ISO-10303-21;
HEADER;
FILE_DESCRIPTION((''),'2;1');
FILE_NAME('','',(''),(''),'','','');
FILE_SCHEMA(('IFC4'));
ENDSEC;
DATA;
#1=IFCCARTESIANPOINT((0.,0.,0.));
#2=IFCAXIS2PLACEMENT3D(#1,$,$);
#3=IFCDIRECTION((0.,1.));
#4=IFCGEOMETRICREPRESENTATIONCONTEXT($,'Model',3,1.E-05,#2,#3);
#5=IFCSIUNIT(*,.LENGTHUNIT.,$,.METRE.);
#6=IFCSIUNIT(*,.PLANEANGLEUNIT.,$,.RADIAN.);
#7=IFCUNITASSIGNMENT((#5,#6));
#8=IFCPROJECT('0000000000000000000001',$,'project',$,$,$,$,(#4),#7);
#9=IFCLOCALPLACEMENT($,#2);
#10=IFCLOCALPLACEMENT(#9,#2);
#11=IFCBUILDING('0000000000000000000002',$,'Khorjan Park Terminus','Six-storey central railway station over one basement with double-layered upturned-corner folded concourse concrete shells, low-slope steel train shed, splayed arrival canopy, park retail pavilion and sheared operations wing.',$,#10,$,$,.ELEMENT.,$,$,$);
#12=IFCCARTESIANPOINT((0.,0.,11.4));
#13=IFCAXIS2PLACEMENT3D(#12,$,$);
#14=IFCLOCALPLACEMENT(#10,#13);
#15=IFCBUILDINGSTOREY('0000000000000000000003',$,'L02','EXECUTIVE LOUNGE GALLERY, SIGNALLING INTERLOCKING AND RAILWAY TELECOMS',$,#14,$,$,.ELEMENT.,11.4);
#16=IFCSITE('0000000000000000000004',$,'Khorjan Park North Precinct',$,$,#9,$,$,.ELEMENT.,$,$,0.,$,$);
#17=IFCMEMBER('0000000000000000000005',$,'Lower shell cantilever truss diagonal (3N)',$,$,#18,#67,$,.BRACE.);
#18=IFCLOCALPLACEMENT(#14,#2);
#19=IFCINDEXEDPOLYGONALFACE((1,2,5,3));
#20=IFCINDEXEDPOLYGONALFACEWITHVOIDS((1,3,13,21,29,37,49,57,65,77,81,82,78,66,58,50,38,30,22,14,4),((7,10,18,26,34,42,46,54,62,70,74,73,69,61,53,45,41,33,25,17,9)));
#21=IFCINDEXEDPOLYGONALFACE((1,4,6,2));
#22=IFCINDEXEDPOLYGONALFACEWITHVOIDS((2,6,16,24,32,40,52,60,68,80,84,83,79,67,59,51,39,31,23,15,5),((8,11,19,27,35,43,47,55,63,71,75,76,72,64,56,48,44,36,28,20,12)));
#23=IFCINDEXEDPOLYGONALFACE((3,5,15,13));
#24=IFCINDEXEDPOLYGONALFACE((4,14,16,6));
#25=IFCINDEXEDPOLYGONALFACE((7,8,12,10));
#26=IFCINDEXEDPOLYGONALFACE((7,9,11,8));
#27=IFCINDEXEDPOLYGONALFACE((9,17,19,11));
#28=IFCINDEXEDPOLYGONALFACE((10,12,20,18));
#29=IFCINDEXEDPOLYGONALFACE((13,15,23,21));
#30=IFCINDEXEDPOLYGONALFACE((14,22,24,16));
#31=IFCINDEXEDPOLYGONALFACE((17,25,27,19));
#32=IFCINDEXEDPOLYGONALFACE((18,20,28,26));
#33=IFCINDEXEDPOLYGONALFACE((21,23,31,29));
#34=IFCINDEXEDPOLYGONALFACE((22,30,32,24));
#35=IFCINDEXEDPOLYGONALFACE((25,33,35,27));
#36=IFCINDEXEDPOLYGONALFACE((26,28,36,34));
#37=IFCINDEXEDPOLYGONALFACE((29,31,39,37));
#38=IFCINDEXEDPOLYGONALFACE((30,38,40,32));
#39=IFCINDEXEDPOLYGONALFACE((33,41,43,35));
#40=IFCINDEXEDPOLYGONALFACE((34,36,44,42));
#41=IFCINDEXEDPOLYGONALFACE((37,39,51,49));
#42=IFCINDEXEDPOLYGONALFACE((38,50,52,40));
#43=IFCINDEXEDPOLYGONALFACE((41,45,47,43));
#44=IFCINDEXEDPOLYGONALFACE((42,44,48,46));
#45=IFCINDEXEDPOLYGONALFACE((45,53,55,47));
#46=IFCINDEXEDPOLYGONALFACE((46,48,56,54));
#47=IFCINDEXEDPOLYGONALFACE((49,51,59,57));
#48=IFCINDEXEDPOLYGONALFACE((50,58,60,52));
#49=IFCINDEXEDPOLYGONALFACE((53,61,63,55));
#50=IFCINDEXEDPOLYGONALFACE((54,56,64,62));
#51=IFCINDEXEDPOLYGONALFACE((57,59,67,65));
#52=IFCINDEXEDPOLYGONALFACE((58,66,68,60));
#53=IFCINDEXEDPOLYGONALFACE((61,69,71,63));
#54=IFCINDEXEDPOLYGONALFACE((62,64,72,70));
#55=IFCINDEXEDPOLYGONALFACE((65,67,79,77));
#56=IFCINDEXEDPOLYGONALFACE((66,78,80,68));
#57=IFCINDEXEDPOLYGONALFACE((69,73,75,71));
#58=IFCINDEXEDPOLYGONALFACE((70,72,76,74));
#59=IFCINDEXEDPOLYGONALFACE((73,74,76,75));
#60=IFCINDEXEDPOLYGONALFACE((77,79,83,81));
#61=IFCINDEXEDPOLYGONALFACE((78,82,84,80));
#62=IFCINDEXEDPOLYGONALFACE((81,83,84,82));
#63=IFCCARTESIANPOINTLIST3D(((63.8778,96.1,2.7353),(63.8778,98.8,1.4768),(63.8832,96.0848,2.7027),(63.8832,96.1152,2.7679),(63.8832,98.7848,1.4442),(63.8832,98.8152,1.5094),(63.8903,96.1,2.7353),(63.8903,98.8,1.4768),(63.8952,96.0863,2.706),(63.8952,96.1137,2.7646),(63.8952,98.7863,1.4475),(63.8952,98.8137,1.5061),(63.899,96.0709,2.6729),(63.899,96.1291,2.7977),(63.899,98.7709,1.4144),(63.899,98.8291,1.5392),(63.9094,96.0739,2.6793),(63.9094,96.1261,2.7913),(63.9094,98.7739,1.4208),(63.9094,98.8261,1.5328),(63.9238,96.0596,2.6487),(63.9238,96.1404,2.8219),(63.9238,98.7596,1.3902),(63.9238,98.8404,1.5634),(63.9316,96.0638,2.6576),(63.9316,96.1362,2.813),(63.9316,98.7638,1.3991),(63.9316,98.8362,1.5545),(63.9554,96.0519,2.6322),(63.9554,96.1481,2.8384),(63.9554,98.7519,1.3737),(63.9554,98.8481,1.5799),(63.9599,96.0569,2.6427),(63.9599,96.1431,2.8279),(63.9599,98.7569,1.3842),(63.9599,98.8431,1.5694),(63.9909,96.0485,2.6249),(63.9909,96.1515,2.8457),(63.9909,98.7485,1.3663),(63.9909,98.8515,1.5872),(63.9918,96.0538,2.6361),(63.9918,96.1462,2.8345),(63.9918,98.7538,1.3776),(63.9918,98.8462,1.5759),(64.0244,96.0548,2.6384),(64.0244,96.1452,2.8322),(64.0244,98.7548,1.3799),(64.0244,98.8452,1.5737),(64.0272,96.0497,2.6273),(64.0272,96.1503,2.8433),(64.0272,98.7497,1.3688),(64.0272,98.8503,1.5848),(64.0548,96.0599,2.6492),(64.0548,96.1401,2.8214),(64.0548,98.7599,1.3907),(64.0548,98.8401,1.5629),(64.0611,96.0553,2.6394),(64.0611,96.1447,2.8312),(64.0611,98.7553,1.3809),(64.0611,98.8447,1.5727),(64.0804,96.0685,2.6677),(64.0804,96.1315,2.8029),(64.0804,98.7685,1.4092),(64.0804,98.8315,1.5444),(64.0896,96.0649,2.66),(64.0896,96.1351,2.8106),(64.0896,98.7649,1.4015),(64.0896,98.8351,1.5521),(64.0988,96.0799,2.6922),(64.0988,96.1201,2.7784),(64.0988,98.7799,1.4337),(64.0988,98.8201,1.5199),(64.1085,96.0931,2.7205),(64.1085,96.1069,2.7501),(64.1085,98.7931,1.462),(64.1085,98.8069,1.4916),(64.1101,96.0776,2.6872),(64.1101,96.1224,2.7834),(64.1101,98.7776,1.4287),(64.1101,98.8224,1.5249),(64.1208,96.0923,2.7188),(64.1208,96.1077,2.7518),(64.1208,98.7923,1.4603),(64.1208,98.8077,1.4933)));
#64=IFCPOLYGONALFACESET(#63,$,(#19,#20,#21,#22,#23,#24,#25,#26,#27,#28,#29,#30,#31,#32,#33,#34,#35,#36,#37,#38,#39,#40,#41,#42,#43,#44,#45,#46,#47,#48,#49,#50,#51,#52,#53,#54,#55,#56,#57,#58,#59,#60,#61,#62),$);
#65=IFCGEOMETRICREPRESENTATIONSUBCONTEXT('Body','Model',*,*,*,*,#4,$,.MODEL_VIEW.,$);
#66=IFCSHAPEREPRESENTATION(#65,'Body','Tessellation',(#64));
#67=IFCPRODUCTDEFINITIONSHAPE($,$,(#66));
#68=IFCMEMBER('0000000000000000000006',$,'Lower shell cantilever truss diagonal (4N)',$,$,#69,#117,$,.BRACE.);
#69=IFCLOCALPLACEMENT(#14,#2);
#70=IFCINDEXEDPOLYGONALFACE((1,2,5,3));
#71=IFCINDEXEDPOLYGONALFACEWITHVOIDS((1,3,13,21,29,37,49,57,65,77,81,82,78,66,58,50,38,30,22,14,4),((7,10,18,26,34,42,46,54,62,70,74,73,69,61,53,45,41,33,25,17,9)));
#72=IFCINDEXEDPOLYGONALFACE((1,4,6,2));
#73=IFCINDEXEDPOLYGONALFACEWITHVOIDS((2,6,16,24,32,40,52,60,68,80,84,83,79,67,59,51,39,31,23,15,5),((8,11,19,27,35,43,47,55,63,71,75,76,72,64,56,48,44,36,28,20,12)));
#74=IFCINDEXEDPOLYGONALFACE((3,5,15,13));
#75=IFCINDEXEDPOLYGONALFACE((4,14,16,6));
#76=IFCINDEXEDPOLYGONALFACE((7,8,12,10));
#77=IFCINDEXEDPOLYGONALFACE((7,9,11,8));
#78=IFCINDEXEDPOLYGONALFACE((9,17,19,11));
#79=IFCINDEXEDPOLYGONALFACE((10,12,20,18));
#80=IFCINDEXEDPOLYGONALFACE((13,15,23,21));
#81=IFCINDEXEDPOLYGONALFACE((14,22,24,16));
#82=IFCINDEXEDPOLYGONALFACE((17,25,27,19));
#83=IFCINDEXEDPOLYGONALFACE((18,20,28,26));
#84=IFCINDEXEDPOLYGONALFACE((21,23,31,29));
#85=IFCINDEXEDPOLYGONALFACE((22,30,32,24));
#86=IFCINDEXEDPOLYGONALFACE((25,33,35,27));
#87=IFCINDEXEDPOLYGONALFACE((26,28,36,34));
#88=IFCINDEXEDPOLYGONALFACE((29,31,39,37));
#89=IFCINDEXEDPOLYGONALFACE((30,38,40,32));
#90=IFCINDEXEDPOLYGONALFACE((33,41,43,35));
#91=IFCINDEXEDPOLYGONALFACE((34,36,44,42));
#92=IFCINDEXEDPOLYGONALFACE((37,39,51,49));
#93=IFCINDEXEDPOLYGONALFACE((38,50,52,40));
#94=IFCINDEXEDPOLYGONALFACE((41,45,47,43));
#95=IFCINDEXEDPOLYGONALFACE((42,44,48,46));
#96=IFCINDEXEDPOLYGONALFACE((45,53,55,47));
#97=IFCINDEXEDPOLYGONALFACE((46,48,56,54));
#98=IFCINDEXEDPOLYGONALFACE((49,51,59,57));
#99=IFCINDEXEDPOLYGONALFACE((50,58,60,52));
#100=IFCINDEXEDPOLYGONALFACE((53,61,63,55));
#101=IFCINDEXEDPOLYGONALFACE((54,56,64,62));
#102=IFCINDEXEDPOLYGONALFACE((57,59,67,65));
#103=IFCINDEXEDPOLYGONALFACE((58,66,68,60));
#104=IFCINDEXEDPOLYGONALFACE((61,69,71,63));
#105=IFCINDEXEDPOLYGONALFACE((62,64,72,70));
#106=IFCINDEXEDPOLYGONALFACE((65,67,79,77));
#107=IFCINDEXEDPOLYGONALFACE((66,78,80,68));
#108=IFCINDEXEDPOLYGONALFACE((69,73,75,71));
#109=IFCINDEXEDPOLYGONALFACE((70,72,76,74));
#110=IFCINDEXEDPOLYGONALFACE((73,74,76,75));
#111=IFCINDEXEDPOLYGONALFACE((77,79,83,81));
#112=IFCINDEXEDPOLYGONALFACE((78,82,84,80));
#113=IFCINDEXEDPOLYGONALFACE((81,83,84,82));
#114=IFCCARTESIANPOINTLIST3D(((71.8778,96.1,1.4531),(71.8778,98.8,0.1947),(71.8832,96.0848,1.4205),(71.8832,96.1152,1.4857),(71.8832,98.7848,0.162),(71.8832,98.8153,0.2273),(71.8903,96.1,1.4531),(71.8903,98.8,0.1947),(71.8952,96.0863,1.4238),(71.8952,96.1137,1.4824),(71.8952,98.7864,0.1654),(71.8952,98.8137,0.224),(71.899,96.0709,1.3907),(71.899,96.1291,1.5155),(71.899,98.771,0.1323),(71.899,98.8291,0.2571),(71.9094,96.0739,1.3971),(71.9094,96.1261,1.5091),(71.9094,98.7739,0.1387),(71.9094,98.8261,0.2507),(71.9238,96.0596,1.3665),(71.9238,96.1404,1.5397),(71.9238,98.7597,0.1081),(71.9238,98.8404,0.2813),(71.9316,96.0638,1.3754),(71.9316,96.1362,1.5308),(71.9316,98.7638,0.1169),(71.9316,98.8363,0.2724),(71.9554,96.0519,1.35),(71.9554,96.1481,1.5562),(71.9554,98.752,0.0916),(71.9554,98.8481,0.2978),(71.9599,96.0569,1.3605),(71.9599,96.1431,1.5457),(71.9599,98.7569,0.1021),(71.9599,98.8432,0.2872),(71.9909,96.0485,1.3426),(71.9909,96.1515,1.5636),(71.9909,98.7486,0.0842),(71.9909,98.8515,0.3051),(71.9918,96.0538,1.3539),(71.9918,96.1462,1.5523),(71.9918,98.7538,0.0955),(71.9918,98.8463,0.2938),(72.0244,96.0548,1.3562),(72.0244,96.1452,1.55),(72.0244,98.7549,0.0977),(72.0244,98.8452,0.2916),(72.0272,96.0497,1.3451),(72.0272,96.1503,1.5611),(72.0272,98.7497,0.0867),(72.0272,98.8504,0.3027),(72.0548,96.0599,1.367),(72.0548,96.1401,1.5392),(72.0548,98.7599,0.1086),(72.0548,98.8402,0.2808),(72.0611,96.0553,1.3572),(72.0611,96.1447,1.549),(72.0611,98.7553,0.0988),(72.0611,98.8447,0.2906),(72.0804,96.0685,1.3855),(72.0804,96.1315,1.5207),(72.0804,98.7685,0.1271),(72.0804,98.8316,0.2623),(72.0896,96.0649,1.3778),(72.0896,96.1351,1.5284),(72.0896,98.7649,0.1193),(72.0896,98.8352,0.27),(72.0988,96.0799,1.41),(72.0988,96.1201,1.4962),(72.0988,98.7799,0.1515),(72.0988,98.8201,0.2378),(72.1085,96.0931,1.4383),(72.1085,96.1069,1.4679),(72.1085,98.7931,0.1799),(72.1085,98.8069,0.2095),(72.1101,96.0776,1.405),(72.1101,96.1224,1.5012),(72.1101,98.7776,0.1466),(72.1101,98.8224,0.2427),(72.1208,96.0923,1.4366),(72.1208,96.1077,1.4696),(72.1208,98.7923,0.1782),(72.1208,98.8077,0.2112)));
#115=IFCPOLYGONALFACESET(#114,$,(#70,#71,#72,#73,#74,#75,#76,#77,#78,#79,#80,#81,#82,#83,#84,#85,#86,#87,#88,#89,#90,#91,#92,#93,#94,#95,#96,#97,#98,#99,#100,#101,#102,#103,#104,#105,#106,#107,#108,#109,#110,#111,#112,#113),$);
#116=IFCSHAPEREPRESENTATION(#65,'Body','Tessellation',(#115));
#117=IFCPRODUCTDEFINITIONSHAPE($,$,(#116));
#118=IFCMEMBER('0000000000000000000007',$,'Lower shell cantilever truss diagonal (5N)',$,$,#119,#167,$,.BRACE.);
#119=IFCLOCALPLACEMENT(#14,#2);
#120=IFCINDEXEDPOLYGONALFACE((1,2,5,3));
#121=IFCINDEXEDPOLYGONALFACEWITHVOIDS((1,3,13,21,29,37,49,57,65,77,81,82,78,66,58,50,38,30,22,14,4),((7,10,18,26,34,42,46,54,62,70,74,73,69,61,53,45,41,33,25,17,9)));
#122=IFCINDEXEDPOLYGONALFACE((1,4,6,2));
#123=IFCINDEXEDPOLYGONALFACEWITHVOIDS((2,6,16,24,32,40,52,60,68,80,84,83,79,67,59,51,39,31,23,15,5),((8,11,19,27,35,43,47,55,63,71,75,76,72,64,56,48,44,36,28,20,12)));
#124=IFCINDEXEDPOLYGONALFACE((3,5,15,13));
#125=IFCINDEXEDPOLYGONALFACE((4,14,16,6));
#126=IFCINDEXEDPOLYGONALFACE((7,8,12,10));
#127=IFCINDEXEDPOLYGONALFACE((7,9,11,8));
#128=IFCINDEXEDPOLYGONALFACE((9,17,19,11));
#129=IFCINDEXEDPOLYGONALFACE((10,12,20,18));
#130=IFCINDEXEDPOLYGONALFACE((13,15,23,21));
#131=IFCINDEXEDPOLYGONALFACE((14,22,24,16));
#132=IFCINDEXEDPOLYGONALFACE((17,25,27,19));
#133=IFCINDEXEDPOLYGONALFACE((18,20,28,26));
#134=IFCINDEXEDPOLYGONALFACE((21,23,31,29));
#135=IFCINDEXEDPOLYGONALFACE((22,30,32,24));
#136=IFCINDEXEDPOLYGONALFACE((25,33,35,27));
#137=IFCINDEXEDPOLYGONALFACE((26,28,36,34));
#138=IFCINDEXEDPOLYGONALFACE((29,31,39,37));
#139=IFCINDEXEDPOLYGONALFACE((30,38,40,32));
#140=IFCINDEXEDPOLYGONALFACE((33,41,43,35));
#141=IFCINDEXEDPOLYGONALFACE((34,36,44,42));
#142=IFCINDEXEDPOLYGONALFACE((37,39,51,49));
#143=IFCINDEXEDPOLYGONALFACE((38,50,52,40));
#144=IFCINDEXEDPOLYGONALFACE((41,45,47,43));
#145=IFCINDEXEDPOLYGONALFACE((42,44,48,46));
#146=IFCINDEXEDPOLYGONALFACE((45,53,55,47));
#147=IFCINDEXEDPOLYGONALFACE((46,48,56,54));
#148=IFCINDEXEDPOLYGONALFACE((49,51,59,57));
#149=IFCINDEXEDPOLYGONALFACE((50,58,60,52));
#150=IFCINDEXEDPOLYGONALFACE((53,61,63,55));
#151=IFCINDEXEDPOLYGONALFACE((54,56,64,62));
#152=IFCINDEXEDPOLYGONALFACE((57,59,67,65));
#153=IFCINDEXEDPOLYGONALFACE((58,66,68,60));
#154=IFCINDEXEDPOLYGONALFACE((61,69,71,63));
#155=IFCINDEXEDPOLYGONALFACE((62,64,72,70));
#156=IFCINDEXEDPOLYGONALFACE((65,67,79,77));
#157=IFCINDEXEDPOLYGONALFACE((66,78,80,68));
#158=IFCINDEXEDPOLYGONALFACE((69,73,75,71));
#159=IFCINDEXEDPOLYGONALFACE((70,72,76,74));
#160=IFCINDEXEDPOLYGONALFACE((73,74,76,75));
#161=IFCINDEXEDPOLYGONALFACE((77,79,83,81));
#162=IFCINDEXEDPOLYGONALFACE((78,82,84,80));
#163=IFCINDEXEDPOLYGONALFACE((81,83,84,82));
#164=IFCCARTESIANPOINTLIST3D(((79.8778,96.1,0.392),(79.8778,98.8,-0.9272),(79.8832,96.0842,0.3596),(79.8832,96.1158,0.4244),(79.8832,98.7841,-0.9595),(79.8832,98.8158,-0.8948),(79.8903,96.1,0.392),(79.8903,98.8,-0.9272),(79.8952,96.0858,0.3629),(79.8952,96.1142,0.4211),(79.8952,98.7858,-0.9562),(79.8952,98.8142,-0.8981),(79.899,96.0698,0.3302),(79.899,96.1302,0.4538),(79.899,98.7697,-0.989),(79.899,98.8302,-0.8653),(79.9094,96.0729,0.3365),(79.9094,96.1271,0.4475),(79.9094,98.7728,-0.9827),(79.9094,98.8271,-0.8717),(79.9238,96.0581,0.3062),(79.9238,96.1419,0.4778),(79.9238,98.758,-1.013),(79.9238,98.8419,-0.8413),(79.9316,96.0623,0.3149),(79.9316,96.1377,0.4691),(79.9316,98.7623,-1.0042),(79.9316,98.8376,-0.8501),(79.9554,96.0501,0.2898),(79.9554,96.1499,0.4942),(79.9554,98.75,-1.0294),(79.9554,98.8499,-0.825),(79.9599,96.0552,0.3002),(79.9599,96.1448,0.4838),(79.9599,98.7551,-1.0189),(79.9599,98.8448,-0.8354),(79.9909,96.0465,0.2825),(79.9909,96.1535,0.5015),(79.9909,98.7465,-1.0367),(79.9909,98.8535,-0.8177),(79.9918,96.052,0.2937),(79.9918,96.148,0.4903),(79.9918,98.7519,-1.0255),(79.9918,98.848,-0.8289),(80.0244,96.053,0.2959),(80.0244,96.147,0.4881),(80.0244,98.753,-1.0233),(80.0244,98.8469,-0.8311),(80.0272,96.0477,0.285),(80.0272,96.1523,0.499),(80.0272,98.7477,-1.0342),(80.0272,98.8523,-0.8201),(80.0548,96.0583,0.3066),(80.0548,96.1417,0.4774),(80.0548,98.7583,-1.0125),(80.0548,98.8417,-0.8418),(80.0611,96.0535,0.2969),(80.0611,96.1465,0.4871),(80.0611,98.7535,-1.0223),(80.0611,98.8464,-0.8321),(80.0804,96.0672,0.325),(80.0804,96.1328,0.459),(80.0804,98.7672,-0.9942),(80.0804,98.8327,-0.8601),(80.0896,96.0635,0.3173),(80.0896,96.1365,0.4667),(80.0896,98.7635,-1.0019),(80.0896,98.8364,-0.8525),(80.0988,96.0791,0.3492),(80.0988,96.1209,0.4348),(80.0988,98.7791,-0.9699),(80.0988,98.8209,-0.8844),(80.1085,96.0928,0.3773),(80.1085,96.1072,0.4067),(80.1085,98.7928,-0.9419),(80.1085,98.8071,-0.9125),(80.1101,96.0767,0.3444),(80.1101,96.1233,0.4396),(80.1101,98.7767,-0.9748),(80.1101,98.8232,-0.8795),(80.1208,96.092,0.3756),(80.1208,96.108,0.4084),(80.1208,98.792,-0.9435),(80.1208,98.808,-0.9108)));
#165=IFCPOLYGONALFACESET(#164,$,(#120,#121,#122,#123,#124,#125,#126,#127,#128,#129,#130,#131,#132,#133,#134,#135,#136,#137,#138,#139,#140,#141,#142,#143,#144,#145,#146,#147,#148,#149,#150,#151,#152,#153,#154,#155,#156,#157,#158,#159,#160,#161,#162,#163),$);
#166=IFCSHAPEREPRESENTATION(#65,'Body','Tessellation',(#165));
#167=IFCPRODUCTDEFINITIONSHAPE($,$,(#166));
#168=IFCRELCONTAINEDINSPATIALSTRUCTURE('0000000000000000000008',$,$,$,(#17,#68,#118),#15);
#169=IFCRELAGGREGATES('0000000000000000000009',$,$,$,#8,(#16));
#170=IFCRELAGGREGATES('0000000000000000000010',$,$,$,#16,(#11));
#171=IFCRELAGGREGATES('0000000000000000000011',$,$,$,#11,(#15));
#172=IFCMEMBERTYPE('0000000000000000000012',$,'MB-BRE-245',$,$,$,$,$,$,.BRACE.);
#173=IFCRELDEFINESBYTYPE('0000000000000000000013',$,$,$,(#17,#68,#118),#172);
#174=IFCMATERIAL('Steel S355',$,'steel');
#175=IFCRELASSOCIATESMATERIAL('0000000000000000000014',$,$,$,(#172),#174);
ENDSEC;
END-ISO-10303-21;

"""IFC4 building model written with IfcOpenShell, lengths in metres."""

from ifc_helpers import new_model, si_unit, direction, frame, origin, origin_2d, place, context, subcontext, project, spatial, hollow_circle, extrude, material, material_profile, profile_set, type_object, element, save


model = new_model("IFC4")

# Units and contexts
model_context = context("Model", 3, precision=1e-05, world=origin(), true_north=direction((0.0, 1.0)))
body_context = subcontext(model_context, "Body", "Model", "MODEL_VIEW")
ifc_project = project(units=[si_unit("LENGTHUNIT", "METRE"), si_unit("PLANEANGLEUNIT", "RADIAN")], contexts=[model_context])

# Site, building, storey
site_placement = place(None, origin())
site = spatial("IfcSite", under=ifc_project, at=site_placement, Name="Khorjan Park North Precinct", CompositionType="ELEMENT", RefElevation=0.0)
building_placement = place(site_placement, origin())
building = spatial("IfcBuilding", under=site, at=building_placement, Name="Khorjan Park Terminus", Description="Six-storey central railway station over one basement with double-layered upturned-corner folded concourse concrete shells, low-slope steel train shed, splayed arrival canopy, park retail pavilion and sheared operations wing.", CompositionType="ELEMENT")
storey_placement = place(building_placement, frame((0.0, 0.0, 11.4)))
storey = spatial("IfcBuildingStorey", under=building, at=storey_placement, Name="L02", Description="EXECUTIVE LOUNGE GALLERY, SIGNALLING INTERLOCKING AND RAILWAY TELECOMS", CompositionType="ELEMENT", Elevation=11.4)

# Members
ifc_material_1 = material(Name="Steel S355", Category="steel")
ifc_material_profile_1 = material_profile(ifc_material_1, hollow_circle(Radius=0.1222, WallThickness=0.0125, at=origin_2d()), Name="CHS 244.5x12.5")
ifc_profile_set_1 = profile_set([ifc_material_profile_1], Name="Steel S355")
member_type_1 = type_object("IfcMemberType", Name="MB-BRE-245", PredefinedType="BRACE", material=ifc_profile_set_1)
for number, where, z_axis, x_axis, name in (
    (1, (64.0, 96.1, 2.7353), (0.0, 0.906376, -0.422472), (-1.0, 0.0, 0.0), "Lower shell cantilever truss diagonal (3N)"),
    (2, (72.0, 96.1, 1.4531), (0.0, 0.906389, -0.422444), (-1.0, 0.0, 0.0), "Lower shell cantilever truss diagonal (4N)"),
):
    element("IfcMember", number, at=place(storey_placement, frame(where, z_axis=z_axis, x_axis=x_axis)), inside=storey, type_object=member_type_1, Name=name, PredefinedType="BRACE", context=body_context, shape_type="SweptSolid", body=[
        extrude(hollow_circle(Radius=0.1222, WallThickness=0.0125, at=origin_2d()), origin(), (0.0, 0.0, 1.0), 2.9789),
    ])
member_1_placement = place(storey_placement, frame((80.0, 96.1, 0.392), z_axis=(0.0, 0.898489, -0.438995), x_axis=(-1.0, 0.0, 0.0)))
element("IfcMember", 3, at=member_1_placement, inside=storey, type_object=member_type_1, Name="Lower shell cantilever truss diagonal (5N)", PredefinedType="BRACE", context=body_context, shape_type="SweptSolid", body=[
    extrude(hollow_circle(Radius=0.1222, WallThickness=0.0125, at=origin_2d()), origin(), (0.0, 0.0, 1.0), 3.005),
])

save(model, "model.ifc")
